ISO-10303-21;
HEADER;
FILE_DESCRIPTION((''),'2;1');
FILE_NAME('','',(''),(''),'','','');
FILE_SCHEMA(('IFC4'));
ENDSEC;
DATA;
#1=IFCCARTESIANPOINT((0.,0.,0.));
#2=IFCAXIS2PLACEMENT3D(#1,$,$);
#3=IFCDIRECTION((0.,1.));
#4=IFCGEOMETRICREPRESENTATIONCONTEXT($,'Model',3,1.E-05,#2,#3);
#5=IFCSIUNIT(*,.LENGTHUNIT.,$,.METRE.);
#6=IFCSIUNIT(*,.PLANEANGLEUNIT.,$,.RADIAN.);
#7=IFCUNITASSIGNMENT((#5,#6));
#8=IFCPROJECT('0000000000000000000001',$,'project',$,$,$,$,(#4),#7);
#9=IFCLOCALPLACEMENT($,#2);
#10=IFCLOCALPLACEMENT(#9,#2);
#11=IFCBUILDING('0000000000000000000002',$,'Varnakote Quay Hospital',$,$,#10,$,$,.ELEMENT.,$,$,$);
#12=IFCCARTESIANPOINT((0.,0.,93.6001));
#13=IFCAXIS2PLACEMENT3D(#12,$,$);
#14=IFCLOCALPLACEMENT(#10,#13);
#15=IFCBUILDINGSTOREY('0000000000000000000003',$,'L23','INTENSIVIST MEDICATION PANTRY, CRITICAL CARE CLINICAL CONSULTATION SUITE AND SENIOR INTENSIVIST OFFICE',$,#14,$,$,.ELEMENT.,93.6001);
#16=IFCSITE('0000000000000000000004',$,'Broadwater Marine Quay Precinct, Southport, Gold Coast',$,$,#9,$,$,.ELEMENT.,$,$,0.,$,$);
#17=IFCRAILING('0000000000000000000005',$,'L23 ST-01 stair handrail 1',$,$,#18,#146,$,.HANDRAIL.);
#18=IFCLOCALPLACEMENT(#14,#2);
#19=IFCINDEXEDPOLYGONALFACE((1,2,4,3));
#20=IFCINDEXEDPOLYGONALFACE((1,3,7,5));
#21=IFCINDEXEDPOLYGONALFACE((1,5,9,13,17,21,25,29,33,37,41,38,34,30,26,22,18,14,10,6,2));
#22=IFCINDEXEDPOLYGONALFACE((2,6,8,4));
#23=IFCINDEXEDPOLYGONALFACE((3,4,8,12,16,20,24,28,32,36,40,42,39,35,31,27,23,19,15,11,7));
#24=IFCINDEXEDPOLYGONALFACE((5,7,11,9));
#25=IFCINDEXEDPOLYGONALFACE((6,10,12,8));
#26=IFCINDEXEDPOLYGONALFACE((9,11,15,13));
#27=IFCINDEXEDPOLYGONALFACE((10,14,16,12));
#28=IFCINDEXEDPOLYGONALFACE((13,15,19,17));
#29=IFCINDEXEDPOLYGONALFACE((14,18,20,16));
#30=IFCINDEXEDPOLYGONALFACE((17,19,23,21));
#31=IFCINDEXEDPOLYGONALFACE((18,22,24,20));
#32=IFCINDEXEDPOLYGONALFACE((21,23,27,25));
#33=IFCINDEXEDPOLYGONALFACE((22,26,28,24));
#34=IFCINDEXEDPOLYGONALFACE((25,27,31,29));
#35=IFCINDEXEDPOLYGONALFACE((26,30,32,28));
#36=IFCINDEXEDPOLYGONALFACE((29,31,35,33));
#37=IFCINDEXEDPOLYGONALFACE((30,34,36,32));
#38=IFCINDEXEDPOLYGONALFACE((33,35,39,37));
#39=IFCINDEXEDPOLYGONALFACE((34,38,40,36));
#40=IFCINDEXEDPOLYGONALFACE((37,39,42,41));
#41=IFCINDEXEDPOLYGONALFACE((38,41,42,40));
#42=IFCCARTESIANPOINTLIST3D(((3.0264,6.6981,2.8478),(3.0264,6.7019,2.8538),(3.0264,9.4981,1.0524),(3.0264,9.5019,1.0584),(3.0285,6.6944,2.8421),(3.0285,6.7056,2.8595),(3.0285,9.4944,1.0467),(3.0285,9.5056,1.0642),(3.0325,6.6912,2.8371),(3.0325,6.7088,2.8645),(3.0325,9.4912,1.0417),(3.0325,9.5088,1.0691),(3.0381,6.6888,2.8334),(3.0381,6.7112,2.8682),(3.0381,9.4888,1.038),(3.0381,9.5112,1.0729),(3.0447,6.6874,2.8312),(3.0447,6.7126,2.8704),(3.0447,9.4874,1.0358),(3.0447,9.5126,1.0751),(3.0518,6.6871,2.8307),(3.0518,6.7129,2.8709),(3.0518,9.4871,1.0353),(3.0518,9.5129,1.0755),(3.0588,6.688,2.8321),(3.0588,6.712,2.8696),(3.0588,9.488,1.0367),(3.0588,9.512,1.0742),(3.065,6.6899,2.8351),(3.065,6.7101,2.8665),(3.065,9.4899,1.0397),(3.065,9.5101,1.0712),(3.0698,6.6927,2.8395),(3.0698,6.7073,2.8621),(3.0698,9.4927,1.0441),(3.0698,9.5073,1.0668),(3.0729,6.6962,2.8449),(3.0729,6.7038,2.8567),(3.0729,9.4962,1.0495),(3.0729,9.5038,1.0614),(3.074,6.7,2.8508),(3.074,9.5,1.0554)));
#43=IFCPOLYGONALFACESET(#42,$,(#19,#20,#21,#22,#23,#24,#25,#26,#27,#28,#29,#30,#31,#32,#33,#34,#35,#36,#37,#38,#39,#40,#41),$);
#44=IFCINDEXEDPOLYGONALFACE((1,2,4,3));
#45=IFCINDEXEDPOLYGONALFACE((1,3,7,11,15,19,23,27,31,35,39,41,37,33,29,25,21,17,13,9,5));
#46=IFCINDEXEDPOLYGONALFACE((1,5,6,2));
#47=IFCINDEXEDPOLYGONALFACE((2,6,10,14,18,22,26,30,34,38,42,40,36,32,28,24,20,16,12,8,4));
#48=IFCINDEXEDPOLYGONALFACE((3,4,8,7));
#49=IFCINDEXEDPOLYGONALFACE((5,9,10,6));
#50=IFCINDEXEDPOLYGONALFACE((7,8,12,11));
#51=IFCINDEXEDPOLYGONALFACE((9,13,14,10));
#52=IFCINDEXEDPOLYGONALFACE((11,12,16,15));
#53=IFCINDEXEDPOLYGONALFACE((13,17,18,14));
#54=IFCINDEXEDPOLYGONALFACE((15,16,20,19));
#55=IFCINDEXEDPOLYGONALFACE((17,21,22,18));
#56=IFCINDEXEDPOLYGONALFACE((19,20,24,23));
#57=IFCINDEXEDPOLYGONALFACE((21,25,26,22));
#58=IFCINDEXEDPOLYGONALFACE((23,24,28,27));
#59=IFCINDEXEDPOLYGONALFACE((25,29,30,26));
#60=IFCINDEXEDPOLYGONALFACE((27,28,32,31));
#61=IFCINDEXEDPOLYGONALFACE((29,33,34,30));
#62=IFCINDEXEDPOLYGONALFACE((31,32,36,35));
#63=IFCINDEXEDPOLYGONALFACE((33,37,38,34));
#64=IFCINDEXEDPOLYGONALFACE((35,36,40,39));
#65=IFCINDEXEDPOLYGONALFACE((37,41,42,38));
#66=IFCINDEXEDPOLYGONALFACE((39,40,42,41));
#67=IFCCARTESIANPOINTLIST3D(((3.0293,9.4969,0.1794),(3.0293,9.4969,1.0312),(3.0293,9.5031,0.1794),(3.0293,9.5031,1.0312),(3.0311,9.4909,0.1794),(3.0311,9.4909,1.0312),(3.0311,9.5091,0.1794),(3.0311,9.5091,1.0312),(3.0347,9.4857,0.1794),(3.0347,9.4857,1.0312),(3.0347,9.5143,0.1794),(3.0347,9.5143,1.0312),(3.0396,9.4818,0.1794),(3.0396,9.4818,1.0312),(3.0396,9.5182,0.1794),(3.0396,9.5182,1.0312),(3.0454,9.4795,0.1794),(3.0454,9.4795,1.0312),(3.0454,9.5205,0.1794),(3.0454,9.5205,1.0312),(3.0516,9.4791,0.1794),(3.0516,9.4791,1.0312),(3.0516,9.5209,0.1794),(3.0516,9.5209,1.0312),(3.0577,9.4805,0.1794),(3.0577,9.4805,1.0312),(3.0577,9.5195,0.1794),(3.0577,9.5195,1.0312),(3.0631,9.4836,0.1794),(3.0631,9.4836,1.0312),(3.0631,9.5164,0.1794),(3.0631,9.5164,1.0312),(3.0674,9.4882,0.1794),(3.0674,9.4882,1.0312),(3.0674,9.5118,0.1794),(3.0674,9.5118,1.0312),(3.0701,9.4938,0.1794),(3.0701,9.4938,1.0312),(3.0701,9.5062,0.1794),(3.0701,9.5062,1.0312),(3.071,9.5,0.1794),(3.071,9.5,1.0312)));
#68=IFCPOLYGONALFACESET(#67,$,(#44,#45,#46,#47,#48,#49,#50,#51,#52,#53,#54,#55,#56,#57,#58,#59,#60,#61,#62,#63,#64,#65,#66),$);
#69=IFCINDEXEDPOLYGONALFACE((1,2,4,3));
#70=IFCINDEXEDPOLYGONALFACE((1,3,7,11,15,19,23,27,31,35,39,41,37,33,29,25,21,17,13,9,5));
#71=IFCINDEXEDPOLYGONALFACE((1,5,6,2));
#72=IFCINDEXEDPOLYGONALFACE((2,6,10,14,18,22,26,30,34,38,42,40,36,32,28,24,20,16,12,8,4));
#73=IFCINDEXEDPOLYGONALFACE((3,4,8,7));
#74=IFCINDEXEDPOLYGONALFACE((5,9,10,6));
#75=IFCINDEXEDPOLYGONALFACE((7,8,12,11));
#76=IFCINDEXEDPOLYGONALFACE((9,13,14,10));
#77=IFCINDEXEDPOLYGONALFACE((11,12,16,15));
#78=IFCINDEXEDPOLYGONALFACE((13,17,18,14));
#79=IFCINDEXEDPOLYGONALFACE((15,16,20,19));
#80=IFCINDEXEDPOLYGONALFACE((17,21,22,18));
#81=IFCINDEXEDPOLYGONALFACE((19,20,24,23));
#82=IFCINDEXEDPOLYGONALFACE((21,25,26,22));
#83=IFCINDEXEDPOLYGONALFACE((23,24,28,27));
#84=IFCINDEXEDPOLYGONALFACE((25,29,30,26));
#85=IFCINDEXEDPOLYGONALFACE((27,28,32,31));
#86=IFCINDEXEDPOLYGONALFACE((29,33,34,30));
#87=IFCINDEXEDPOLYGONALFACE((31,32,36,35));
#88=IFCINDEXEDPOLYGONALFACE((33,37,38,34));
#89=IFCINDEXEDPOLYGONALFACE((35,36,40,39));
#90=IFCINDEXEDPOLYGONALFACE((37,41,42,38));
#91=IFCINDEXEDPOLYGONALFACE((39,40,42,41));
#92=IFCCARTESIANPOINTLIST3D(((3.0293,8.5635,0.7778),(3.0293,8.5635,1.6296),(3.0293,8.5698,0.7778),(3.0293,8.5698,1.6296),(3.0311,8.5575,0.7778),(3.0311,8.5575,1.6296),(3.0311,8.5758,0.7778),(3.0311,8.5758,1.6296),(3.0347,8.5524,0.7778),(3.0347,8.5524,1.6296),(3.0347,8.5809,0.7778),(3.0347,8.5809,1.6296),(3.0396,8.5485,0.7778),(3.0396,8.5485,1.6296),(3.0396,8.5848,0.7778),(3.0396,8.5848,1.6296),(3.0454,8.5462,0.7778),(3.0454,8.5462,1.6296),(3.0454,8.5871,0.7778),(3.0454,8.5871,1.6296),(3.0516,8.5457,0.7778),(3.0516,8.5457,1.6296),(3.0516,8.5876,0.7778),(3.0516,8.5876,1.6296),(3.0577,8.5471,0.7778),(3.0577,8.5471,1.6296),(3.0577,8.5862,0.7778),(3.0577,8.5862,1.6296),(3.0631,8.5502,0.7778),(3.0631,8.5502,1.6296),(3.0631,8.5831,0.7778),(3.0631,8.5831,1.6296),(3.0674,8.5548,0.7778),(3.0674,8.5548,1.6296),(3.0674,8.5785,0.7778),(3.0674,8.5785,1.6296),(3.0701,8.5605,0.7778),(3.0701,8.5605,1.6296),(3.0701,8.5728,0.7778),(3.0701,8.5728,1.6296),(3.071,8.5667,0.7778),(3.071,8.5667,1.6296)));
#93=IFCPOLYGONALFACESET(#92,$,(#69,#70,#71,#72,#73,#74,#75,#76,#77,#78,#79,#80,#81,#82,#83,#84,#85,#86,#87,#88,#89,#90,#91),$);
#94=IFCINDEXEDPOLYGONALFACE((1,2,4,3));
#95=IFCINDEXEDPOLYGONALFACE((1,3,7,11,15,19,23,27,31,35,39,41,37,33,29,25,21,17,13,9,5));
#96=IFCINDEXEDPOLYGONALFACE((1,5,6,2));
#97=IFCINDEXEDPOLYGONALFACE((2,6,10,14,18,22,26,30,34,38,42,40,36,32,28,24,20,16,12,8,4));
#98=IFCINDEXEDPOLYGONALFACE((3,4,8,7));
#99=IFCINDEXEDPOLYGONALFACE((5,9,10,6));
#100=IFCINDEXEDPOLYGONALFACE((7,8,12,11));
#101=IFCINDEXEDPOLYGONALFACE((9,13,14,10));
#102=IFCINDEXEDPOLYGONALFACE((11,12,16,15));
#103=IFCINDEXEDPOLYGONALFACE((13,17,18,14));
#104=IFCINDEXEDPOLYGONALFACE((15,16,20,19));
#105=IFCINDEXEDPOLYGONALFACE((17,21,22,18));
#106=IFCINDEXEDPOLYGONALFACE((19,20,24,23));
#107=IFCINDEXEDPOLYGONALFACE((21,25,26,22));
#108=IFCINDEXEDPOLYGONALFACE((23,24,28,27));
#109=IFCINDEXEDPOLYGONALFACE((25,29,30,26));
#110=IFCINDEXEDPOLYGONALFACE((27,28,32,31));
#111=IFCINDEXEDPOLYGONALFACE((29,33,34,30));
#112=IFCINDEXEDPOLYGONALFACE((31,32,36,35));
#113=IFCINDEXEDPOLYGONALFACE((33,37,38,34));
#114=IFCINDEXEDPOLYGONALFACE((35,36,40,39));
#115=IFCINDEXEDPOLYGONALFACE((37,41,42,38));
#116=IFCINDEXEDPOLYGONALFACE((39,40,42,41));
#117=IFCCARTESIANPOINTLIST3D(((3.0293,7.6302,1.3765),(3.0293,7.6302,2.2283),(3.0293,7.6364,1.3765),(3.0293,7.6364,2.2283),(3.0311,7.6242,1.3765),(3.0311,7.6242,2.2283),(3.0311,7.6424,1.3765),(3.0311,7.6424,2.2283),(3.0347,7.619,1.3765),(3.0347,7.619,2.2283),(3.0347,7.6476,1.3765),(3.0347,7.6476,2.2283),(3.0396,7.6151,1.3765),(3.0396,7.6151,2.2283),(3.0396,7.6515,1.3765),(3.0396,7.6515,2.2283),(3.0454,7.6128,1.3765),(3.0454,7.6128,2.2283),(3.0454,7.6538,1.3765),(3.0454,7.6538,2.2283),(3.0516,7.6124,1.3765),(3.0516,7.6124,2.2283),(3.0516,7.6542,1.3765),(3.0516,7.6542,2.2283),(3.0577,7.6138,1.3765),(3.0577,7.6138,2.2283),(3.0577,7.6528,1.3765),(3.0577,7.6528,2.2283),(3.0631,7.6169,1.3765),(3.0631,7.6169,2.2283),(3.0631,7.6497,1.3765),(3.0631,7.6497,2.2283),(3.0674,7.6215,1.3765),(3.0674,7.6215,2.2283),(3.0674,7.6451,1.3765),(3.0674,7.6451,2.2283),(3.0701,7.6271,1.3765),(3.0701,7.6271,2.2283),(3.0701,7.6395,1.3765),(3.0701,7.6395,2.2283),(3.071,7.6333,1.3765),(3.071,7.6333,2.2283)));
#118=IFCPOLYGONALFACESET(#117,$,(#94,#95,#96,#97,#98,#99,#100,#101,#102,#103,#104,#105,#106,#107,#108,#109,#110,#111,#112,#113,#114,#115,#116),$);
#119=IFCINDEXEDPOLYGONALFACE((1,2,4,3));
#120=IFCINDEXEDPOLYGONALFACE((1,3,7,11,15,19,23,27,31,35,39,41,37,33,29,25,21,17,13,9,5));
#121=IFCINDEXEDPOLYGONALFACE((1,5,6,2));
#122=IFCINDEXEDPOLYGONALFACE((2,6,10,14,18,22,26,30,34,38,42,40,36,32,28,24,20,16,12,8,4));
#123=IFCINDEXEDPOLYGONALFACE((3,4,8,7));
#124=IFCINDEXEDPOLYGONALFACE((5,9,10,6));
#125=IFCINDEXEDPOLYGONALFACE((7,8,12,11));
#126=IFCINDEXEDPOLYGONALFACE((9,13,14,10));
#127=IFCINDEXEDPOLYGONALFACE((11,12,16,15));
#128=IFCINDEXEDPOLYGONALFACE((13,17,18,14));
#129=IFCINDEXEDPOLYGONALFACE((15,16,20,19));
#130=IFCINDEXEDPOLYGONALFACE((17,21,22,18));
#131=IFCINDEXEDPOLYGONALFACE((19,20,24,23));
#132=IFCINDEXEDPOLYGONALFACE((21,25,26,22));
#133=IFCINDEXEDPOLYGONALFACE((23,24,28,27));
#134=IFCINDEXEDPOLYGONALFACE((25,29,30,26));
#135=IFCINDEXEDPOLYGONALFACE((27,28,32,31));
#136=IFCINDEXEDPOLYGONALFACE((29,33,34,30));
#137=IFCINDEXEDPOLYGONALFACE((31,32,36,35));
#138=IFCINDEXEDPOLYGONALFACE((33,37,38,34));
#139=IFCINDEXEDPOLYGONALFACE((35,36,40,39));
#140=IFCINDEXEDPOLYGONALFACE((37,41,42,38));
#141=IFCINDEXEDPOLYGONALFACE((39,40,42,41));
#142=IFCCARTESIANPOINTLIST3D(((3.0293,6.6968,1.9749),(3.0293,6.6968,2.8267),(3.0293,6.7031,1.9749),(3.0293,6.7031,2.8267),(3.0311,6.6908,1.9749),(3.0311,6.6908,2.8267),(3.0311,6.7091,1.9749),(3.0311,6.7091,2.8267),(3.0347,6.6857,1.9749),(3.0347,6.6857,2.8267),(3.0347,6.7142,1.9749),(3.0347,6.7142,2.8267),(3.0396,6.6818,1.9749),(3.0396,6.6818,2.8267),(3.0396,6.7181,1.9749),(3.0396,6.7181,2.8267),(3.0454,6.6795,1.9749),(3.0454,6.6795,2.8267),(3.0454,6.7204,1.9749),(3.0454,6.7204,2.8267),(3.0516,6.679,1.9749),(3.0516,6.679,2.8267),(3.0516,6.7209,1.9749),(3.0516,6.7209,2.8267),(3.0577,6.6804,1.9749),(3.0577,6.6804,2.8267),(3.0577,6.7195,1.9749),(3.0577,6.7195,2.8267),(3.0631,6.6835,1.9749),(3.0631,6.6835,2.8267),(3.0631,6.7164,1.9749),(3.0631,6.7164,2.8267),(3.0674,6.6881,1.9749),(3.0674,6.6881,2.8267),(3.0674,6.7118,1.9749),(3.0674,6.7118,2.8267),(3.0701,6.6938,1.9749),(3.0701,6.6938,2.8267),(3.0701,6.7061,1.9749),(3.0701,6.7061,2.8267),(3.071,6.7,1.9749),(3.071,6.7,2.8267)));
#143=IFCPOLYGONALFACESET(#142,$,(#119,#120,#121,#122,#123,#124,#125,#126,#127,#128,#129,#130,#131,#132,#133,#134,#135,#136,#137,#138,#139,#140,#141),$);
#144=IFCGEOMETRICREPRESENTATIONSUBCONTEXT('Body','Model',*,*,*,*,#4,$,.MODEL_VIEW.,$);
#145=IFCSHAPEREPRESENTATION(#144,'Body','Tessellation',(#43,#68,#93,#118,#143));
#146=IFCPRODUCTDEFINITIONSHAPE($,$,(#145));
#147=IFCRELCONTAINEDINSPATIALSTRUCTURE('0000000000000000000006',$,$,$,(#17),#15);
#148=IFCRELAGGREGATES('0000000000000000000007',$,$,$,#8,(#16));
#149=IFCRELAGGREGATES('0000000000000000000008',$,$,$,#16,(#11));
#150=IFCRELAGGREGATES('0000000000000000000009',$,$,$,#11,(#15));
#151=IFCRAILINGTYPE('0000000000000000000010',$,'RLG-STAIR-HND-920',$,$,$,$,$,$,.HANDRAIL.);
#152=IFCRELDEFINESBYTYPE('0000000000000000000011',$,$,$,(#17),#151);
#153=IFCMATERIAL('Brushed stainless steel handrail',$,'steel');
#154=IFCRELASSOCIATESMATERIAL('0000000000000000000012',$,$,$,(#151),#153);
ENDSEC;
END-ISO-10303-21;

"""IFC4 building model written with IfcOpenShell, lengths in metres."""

from ifc_helpers import new_model, si_unit, direction, frame, origin, origin_2d, place, context, subcontext, project, spatial, circle, extrude, material, type_object, element, save


model = new_model("IFC4")

# Units and contexts
model_context = context("Model", 3, precision=1e-05, world=origin(), true_north=direction((0.0, 1.0)))
body_context = subcontext(model_context, "Body", "Model", "MODEL_VIEW")
ifc_project = project(units=[si_unit("LENGTHUNIT", "METRE"), si_unit("PLANEANGLEUNIT", "RADIAN")], contexts=[model_context])

# Site, building, storey
site_placement = place(None, origin())
site = spatial("IfcSite", under=ifc_project, at=site_placement, Name="Broadwater Marine Quay Precinct, Southport, Gold Coast", CompositionType="ELEMENT", RefElevation=0.0)
building_placement = place(site_placement, origin())
building = spatial("IfcBuilding", under=site, at=building_placement, Name="Varnakote Quay Hospital", CompositionType="ELEMENT")
storey_placement = place(building_placement, frame((0.0, 0.0, 93.6001)))
storey = spatial("IfcBuildingStorey", under=building, at=storey_placement, Name="L23", Description="INTENSIVIST MEDICATION PANTRY, CRITICAL CARE CLINICAL CONSULTATION SUITE AND SENIOR INTENSIVIST OFFICE", CompositionType="ELEMENT", Elevation=93.6001)

# Railing
ifc_material_1 = material(Name="Brushed stainless steel handrail", Category="steel")
railing_type_1 = type_object("IfcRailingType", Name="RLG-STAIR-HND-920", PredefinedType="HANDRAIL", material=ifc_material_1)
railing_1_placement = place(storey_placement, frame((3.05, 9.5, 0.1794)))
element("IfcRailing", 1, at=railing_1_placement, inside=storey, type_object=railing_type_1, Name="L23 ST-01 stair handrail 1", PredefinedType="HANDRAIL", context=body_context, shape_type="SweptSolid", body=[
    extrude(circle(Radius=0.0239, at=origin_2d()), frame((0.0, 0.0, 0.876), z_axis=(0.0, -0.84181, 0.539774), x_axis=(1.0, 0.0, 0.0)), (0.0, 0.0, 1.0), 3.3262),
    extrude(circle(Radius=0.021, at=origin_2d()), origin(), (0.0, 0.0, 1.0), 0.8518),
    extrude(circle(Radius=0.021, at=origin_2d()), frame((0.0, -0.9333, 0.5984)), (0.0, 0.0, 1.0), 0.8518),
    extrude(circle(Radius=0.021, at=origin_2d()), frame((0.0, -1.8667, 1.197)), (0.0, 0.0, 1.0), 0.8518),
    extrude(circle(Radius=0.021, at=origin_2d()), frame((0.0, -2.8, 1.7954)), (0.0, 0.0, 1.0), 0.8518),
])

save(model, "model.ifc")
